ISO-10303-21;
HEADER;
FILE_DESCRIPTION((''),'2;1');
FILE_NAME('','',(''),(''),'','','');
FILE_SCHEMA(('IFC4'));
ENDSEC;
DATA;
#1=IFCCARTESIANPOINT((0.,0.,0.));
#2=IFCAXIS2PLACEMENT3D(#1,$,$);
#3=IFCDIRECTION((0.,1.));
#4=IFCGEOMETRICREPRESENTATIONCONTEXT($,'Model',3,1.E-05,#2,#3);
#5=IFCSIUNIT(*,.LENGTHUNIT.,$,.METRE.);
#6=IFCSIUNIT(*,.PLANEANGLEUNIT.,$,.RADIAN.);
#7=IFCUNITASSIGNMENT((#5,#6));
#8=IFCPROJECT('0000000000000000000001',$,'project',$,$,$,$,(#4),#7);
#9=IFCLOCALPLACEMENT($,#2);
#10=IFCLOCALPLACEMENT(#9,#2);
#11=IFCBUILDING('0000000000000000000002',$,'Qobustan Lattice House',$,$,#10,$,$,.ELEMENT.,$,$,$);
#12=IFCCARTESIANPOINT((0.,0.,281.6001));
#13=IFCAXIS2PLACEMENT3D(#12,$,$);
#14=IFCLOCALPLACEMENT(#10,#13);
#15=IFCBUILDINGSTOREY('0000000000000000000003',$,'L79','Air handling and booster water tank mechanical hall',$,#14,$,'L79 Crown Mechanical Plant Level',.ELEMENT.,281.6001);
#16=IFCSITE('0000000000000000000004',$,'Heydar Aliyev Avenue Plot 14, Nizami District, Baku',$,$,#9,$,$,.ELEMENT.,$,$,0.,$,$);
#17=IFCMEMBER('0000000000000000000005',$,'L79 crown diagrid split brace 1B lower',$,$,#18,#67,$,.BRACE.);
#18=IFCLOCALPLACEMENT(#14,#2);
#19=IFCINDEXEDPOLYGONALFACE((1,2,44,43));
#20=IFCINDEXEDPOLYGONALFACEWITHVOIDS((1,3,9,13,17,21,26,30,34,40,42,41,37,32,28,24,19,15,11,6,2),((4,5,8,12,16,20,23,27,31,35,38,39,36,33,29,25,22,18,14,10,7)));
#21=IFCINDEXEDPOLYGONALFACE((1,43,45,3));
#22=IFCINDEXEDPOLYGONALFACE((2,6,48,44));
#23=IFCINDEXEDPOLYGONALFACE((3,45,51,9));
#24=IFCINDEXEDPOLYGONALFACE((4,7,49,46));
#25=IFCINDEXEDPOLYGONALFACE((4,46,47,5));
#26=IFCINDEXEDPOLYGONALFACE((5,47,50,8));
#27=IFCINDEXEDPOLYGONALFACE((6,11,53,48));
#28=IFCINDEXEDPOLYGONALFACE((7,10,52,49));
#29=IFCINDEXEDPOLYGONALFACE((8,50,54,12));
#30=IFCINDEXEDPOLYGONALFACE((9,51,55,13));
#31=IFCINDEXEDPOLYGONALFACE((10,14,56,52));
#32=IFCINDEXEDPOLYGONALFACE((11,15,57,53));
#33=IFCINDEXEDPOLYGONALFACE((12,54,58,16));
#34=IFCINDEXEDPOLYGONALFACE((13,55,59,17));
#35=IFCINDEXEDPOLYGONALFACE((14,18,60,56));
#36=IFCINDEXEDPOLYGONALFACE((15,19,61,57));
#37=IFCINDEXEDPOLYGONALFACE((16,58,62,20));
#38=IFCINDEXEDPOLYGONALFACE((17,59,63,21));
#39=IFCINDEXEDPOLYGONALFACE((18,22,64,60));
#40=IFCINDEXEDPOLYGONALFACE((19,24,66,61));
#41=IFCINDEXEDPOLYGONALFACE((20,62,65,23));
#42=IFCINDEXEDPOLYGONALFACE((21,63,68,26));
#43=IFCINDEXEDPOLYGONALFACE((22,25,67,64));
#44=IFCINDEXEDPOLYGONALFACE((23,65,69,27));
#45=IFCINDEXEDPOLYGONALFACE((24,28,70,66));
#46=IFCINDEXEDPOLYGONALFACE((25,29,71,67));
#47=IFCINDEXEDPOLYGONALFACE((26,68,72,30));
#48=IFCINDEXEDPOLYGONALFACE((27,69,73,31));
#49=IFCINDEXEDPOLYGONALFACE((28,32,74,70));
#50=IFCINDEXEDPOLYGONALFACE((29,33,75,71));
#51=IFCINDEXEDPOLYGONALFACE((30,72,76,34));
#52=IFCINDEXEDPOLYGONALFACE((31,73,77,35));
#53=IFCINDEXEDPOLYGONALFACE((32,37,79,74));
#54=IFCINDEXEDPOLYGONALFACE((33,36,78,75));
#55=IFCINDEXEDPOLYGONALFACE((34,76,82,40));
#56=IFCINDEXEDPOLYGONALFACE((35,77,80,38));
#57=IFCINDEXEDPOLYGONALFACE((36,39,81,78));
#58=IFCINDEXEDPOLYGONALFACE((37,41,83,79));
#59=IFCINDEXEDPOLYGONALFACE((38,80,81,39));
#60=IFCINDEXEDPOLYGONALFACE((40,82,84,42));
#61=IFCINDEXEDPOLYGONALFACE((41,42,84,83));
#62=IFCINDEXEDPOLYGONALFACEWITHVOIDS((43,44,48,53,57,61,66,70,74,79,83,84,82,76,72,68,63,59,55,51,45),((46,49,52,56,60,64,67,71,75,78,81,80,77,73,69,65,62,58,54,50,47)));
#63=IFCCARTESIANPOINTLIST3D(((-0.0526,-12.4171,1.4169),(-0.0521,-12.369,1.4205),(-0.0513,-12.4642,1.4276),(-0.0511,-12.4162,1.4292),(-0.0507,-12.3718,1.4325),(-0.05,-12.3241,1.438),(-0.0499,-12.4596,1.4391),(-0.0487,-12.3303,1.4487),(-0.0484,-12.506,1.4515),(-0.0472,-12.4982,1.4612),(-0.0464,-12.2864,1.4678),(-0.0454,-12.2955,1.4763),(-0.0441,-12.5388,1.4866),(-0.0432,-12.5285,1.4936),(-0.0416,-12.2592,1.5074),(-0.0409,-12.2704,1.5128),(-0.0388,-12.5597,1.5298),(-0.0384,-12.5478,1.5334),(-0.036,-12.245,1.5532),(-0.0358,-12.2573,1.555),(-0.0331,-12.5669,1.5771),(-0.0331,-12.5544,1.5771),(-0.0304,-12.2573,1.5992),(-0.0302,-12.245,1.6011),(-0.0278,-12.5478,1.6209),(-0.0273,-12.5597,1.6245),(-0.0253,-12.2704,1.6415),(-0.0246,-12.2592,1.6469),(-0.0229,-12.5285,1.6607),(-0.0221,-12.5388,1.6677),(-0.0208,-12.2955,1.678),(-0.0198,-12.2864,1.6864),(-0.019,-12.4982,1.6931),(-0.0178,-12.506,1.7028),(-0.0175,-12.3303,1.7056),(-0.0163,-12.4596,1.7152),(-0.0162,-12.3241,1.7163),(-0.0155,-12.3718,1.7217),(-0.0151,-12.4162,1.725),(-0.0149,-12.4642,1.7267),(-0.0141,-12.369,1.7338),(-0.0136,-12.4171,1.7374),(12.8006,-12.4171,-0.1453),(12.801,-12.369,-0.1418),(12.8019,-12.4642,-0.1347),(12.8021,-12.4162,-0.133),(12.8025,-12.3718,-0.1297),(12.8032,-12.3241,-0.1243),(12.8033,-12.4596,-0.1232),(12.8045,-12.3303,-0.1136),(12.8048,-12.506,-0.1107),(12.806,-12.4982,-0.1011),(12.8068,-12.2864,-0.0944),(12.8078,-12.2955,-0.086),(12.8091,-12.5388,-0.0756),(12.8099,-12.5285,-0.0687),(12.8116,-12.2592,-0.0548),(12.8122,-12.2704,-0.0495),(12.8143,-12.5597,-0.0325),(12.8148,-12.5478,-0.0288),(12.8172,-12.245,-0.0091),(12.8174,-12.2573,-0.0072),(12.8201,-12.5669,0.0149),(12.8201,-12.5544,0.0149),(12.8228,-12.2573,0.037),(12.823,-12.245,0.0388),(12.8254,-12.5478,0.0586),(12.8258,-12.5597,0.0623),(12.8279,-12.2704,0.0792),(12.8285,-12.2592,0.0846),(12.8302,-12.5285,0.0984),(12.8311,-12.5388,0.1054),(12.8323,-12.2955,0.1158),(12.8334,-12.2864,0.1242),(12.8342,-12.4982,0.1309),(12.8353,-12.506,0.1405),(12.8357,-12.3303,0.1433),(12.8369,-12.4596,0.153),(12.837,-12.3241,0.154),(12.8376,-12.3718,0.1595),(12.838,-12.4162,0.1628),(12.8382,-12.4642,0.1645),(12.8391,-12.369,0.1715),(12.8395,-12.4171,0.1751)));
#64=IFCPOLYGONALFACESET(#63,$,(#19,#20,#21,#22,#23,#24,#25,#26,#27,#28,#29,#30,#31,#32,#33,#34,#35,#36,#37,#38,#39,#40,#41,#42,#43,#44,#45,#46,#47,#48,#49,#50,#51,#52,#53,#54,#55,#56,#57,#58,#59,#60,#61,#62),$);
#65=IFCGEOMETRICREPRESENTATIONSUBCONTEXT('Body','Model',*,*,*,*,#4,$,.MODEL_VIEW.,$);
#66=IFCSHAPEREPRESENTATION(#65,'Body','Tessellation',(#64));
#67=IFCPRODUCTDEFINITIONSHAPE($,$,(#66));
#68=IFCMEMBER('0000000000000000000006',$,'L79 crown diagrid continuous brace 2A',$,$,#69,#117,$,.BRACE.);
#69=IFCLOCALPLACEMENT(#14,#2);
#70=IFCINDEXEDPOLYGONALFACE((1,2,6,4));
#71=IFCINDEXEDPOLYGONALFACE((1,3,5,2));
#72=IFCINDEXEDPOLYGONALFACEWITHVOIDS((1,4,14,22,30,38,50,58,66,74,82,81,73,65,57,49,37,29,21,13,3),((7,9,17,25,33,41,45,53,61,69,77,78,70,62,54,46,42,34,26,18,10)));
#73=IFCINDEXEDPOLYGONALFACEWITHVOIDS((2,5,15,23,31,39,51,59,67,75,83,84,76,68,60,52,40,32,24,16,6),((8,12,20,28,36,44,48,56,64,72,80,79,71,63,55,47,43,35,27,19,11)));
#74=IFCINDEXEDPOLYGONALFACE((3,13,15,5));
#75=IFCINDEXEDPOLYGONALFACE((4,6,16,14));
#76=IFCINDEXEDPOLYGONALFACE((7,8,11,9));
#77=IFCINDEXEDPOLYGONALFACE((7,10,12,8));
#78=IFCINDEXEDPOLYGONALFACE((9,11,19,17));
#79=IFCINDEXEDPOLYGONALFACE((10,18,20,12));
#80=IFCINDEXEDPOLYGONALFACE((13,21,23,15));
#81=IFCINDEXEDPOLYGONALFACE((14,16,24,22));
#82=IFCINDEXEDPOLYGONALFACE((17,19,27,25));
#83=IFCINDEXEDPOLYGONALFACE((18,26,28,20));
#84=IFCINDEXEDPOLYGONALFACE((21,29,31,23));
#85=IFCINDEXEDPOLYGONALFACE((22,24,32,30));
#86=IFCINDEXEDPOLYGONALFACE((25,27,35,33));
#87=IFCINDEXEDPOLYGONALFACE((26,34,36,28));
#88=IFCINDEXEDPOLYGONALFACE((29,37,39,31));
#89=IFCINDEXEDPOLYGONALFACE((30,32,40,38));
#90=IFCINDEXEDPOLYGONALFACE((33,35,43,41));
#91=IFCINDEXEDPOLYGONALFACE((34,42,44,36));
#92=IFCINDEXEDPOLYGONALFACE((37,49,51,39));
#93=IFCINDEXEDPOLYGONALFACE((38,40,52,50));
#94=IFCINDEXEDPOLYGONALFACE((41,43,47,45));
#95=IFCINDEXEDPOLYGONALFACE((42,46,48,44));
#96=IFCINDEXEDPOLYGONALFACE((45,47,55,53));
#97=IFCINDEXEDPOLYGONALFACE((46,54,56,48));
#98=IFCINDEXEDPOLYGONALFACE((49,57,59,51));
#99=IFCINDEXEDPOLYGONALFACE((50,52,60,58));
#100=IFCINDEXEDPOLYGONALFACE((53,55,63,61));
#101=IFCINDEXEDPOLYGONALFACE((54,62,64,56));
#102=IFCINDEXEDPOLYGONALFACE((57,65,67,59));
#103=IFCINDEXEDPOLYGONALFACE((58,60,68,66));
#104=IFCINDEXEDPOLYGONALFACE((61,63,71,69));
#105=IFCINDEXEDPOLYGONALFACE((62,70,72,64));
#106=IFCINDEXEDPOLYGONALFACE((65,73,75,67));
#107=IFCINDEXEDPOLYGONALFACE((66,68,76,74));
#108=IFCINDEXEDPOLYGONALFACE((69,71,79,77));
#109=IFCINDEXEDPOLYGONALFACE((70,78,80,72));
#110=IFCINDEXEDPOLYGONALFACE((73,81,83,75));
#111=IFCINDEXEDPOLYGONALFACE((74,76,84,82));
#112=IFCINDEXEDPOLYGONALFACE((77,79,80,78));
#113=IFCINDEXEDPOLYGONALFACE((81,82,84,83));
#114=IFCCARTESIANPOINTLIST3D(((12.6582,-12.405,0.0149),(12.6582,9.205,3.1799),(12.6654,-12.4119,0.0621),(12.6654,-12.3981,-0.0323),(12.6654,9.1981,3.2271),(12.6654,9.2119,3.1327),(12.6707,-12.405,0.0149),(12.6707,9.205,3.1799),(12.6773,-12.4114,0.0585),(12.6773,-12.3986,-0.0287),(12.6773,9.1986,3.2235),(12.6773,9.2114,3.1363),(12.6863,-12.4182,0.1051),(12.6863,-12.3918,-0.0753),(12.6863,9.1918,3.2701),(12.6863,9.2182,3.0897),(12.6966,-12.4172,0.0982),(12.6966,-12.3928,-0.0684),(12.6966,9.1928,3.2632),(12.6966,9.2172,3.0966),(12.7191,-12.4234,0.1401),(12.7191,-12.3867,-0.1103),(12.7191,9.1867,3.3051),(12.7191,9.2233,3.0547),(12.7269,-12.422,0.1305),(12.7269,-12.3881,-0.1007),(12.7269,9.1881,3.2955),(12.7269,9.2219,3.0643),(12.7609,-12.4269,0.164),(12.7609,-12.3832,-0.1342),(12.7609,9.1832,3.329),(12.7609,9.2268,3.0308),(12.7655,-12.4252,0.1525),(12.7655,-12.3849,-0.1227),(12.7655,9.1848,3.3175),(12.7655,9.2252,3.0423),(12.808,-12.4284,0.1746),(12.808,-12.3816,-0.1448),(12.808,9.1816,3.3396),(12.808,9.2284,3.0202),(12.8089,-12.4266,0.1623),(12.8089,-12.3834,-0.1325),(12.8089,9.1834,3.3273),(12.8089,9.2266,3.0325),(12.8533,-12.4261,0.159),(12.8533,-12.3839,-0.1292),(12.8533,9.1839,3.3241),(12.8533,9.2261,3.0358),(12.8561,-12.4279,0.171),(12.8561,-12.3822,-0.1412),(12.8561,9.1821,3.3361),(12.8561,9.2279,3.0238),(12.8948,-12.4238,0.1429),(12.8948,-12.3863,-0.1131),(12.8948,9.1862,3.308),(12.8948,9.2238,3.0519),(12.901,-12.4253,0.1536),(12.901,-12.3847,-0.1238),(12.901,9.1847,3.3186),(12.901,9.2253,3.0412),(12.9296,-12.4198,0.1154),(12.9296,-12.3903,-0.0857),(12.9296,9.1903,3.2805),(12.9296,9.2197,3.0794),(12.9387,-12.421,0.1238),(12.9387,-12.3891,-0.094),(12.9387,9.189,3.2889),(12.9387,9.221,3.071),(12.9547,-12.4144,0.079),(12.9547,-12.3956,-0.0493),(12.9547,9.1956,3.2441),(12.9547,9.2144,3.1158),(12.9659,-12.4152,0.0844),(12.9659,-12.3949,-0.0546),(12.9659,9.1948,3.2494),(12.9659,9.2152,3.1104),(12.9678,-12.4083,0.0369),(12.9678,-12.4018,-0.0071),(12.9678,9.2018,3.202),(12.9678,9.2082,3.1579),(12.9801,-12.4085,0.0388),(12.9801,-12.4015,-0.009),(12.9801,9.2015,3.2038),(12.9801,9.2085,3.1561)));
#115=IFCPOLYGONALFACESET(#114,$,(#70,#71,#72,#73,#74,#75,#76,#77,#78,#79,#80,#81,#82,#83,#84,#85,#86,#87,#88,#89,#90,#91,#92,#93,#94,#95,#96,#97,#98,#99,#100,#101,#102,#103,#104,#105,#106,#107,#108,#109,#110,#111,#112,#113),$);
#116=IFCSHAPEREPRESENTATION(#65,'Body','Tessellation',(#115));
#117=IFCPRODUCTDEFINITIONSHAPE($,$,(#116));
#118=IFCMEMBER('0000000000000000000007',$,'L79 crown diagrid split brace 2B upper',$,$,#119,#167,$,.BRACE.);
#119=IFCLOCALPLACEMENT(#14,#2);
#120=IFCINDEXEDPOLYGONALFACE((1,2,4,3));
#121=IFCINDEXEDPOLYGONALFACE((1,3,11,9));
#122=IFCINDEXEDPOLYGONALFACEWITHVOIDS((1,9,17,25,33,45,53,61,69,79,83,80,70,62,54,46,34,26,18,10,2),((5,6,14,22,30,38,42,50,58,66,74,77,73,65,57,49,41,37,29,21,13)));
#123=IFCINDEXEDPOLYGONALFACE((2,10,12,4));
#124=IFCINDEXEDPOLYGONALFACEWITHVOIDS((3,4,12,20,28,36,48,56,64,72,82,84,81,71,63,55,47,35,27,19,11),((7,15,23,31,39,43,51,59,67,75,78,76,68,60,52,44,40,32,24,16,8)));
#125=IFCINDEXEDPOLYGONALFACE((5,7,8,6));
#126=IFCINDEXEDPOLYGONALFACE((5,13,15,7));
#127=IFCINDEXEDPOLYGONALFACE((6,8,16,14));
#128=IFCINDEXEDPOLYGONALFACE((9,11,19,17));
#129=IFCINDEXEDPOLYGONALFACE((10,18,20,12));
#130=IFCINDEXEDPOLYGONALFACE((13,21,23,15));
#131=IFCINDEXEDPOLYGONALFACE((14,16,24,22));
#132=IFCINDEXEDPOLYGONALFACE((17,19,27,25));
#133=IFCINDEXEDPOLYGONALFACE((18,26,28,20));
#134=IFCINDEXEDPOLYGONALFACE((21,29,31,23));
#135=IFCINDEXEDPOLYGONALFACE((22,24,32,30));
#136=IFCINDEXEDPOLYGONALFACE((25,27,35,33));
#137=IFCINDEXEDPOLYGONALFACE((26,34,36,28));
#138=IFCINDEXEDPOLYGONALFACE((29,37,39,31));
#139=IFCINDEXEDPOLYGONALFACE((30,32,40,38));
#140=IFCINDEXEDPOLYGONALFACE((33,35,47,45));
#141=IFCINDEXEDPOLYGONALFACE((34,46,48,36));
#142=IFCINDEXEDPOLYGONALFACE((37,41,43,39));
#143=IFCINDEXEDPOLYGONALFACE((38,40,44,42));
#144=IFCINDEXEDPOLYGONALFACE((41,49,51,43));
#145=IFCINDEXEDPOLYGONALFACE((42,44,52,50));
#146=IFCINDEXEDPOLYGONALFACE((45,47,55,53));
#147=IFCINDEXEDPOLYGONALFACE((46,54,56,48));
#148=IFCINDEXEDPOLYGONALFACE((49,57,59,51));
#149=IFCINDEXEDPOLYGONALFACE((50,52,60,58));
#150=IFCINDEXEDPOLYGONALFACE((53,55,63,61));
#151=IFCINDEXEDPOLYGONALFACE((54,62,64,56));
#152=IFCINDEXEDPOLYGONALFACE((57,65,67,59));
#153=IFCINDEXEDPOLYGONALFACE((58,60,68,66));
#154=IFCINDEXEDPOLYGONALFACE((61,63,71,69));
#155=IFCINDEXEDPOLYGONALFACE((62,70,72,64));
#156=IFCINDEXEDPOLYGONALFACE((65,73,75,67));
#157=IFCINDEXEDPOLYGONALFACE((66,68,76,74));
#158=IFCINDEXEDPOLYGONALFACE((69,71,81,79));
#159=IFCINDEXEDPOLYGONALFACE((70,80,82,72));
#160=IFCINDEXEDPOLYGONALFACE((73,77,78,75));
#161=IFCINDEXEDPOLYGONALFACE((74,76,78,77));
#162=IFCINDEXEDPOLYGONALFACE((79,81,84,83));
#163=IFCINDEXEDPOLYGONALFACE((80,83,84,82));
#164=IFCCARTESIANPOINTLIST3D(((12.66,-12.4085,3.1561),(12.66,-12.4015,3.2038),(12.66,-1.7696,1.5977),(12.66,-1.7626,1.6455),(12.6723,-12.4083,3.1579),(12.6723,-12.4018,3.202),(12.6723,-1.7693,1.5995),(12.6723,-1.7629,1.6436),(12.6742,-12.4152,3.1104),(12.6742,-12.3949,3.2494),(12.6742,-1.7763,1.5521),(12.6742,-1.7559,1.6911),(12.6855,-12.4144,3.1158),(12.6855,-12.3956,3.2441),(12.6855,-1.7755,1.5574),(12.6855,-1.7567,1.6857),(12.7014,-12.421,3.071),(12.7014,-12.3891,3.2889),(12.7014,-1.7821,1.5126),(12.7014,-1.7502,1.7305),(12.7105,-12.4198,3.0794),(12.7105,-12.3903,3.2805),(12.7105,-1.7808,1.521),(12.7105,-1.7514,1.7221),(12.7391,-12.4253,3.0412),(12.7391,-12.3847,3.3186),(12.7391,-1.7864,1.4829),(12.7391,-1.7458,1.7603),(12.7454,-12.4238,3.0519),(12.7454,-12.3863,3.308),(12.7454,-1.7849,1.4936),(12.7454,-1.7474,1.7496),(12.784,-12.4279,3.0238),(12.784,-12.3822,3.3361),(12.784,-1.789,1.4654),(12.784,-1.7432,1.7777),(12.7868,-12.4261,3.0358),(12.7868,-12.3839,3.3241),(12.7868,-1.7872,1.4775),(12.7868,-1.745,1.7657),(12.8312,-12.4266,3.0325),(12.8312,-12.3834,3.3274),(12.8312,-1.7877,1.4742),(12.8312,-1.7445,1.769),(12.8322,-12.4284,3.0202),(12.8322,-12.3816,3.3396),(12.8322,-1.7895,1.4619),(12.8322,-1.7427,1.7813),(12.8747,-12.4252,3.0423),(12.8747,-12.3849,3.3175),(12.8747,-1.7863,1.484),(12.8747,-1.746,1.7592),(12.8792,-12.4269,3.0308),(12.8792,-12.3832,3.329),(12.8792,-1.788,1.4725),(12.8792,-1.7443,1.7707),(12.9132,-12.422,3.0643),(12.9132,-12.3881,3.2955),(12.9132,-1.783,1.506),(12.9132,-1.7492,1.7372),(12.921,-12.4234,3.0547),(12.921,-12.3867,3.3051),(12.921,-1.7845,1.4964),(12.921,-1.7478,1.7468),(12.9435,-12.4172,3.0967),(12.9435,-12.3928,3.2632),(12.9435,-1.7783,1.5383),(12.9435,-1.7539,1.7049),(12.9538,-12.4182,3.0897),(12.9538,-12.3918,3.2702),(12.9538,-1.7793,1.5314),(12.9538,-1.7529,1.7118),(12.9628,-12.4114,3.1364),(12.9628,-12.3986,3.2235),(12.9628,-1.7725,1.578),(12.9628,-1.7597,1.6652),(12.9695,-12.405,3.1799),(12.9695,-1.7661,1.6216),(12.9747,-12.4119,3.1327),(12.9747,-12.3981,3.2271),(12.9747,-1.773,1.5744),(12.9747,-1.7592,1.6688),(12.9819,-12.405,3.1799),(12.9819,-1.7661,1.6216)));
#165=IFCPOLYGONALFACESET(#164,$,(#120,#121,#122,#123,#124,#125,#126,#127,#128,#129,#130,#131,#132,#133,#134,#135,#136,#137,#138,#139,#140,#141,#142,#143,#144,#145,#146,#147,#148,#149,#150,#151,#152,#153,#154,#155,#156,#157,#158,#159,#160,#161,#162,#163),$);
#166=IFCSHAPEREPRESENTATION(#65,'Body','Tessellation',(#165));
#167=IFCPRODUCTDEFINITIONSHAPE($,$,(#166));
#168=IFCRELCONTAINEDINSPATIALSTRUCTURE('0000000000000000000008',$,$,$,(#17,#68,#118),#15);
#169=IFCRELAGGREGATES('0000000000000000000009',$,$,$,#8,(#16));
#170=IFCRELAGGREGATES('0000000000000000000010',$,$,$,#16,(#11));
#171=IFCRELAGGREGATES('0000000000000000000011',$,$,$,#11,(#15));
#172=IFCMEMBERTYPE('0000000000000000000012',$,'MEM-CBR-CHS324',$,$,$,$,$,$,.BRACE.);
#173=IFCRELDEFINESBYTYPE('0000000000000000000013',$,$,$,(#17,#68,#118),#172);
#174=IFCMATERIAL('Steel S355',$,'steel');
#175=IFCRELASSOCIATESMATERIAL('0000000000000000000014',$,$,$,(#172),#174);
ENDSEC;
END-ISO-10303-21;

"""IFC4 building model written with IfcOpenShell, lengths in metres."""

from ifc_helpers import new_model, si_unit, direction, frame, origin, origin_2d, place, context, subcontext, project, spatial, hollow_circle, extrude, material, material_profile, profile_set, type_object, element, save


model = new_model("IFC4")

# Units and contexts
model_context = context("Model", 3, precision=1e-05, world=origin(), true_north=direction((0.0, 1.0)))
body_context = subcontext(model_context, "Body", "Model", "MODEL_VIEW")
ifc_project = project(units=[si_unit("LENGTHUNIT", "METRE"), si_unit("PLANEANGLEUNIT", "RADIAN")], contexts=[model_context])

# Site, building, storey
site_placement = place(None, origin())
site = spatial("IfcSite", under=ifc_project, at=site_placement, Name="Heydar Aliyev Avenue Plot 14, Nizami District, Baku", CompositionType="ELEMENT", RefElevation=0.0)
building_placement = place(site_placement, origin())
building = spatial("IfcBuilding", under=site, at=building_placement, Name="Qobustan Lattice House", CompositionType="ELEMENT")
storey_placement = place(building_placement, frame((0.0, 0.0, 281.6001)))
storey = spatial("IfcBuildingStorey", under=building, at=storey_placement, Name="L79", Description="Air handling and booster water tank mechanical hall", LongName="L79 Crown Mechanical Plant Level", CompositionType="ELEMENT", Elevation=281.6001)

# Members
ifc_material_1 = material(Name="Steel S355", Category="steel")
ifc_material_profile_1 = material_profile(ifc_material_1, hollow_circle(Radius=0.1619, WallThickness=0.0125, at=origin_2d()), Name="CHS323.9x12.5")
ifc_profile_set_1 = profile_set([ifc_material_profile_1], Name="Steel S355")
member_type_1 = type_object("IfcMemberType", Name="MEM-CBR-CHS324", PredefinedType="BRACE", material=ifc_profile_set_1)
member_1_placement = place(storey_placement, frame((12.8201, -12.405, 0.0149), z_axis=(-0.992694, 0.0, 0.120657), x_axis=(0.0, -1.0, 0.0)))
element("IfcMember", 1, at=member_1_placement, inside=storey, type_object=member_type_1, Name="L79 crown diagrid split brace 1B lower", PredefinedType="BRACE", context=body_context, shape_type="SweptSolid", body=[
    extrude(hollow_circle(Radius=0.1619, WallThickness=0.0125, at=origin_2d()), origin(), (0.0, 0.0, 1.0), 12.9478),
])
member_2_placement = place(storey_placement, frame((12.8201, -12.405, 0.0149), z_axis=(0.0, 0.989444, 0.144915), x_axis=(-1.0, 0.0, 0.0)))
element("IfcMember", 2, at=member_2_placement, inside=storey, type_object=member_type_1, Name="L79 crown diagrid continuous brace 2A", PredefinedType="BRACE", context=body_context, shape_type="SweptSolid", body=[
    extrude(hollow_circle(Radius=0.1619, WallThickness=0.0125, at=origin_2d()), origin(), (0.0, 0.0, 1.0), 21.8406),
])
member_3_placement = place(storey_placement, frame((12.8201, -1.7661, 1.6216), z_axis=(0.0, -0.989442, 0.14493), x_axis=(1.0, 0.0, 0.0)))
element("IfcMember", 3, at=member_3_placement, inside=storey, type_object=member_type_1, Name="L79 crown diagrid split brace 2B upper", PredefinedType="BRACE", context=body_context, shape_type="SweptSolid", body=[
    extrude(hollow_circle(Radius=0.1619, WallThickness=0.0125, at=origin_2d()), origin(), (0.0, 0.0, 1.0), 10.7524),
])

save(model, "model.ifc")
